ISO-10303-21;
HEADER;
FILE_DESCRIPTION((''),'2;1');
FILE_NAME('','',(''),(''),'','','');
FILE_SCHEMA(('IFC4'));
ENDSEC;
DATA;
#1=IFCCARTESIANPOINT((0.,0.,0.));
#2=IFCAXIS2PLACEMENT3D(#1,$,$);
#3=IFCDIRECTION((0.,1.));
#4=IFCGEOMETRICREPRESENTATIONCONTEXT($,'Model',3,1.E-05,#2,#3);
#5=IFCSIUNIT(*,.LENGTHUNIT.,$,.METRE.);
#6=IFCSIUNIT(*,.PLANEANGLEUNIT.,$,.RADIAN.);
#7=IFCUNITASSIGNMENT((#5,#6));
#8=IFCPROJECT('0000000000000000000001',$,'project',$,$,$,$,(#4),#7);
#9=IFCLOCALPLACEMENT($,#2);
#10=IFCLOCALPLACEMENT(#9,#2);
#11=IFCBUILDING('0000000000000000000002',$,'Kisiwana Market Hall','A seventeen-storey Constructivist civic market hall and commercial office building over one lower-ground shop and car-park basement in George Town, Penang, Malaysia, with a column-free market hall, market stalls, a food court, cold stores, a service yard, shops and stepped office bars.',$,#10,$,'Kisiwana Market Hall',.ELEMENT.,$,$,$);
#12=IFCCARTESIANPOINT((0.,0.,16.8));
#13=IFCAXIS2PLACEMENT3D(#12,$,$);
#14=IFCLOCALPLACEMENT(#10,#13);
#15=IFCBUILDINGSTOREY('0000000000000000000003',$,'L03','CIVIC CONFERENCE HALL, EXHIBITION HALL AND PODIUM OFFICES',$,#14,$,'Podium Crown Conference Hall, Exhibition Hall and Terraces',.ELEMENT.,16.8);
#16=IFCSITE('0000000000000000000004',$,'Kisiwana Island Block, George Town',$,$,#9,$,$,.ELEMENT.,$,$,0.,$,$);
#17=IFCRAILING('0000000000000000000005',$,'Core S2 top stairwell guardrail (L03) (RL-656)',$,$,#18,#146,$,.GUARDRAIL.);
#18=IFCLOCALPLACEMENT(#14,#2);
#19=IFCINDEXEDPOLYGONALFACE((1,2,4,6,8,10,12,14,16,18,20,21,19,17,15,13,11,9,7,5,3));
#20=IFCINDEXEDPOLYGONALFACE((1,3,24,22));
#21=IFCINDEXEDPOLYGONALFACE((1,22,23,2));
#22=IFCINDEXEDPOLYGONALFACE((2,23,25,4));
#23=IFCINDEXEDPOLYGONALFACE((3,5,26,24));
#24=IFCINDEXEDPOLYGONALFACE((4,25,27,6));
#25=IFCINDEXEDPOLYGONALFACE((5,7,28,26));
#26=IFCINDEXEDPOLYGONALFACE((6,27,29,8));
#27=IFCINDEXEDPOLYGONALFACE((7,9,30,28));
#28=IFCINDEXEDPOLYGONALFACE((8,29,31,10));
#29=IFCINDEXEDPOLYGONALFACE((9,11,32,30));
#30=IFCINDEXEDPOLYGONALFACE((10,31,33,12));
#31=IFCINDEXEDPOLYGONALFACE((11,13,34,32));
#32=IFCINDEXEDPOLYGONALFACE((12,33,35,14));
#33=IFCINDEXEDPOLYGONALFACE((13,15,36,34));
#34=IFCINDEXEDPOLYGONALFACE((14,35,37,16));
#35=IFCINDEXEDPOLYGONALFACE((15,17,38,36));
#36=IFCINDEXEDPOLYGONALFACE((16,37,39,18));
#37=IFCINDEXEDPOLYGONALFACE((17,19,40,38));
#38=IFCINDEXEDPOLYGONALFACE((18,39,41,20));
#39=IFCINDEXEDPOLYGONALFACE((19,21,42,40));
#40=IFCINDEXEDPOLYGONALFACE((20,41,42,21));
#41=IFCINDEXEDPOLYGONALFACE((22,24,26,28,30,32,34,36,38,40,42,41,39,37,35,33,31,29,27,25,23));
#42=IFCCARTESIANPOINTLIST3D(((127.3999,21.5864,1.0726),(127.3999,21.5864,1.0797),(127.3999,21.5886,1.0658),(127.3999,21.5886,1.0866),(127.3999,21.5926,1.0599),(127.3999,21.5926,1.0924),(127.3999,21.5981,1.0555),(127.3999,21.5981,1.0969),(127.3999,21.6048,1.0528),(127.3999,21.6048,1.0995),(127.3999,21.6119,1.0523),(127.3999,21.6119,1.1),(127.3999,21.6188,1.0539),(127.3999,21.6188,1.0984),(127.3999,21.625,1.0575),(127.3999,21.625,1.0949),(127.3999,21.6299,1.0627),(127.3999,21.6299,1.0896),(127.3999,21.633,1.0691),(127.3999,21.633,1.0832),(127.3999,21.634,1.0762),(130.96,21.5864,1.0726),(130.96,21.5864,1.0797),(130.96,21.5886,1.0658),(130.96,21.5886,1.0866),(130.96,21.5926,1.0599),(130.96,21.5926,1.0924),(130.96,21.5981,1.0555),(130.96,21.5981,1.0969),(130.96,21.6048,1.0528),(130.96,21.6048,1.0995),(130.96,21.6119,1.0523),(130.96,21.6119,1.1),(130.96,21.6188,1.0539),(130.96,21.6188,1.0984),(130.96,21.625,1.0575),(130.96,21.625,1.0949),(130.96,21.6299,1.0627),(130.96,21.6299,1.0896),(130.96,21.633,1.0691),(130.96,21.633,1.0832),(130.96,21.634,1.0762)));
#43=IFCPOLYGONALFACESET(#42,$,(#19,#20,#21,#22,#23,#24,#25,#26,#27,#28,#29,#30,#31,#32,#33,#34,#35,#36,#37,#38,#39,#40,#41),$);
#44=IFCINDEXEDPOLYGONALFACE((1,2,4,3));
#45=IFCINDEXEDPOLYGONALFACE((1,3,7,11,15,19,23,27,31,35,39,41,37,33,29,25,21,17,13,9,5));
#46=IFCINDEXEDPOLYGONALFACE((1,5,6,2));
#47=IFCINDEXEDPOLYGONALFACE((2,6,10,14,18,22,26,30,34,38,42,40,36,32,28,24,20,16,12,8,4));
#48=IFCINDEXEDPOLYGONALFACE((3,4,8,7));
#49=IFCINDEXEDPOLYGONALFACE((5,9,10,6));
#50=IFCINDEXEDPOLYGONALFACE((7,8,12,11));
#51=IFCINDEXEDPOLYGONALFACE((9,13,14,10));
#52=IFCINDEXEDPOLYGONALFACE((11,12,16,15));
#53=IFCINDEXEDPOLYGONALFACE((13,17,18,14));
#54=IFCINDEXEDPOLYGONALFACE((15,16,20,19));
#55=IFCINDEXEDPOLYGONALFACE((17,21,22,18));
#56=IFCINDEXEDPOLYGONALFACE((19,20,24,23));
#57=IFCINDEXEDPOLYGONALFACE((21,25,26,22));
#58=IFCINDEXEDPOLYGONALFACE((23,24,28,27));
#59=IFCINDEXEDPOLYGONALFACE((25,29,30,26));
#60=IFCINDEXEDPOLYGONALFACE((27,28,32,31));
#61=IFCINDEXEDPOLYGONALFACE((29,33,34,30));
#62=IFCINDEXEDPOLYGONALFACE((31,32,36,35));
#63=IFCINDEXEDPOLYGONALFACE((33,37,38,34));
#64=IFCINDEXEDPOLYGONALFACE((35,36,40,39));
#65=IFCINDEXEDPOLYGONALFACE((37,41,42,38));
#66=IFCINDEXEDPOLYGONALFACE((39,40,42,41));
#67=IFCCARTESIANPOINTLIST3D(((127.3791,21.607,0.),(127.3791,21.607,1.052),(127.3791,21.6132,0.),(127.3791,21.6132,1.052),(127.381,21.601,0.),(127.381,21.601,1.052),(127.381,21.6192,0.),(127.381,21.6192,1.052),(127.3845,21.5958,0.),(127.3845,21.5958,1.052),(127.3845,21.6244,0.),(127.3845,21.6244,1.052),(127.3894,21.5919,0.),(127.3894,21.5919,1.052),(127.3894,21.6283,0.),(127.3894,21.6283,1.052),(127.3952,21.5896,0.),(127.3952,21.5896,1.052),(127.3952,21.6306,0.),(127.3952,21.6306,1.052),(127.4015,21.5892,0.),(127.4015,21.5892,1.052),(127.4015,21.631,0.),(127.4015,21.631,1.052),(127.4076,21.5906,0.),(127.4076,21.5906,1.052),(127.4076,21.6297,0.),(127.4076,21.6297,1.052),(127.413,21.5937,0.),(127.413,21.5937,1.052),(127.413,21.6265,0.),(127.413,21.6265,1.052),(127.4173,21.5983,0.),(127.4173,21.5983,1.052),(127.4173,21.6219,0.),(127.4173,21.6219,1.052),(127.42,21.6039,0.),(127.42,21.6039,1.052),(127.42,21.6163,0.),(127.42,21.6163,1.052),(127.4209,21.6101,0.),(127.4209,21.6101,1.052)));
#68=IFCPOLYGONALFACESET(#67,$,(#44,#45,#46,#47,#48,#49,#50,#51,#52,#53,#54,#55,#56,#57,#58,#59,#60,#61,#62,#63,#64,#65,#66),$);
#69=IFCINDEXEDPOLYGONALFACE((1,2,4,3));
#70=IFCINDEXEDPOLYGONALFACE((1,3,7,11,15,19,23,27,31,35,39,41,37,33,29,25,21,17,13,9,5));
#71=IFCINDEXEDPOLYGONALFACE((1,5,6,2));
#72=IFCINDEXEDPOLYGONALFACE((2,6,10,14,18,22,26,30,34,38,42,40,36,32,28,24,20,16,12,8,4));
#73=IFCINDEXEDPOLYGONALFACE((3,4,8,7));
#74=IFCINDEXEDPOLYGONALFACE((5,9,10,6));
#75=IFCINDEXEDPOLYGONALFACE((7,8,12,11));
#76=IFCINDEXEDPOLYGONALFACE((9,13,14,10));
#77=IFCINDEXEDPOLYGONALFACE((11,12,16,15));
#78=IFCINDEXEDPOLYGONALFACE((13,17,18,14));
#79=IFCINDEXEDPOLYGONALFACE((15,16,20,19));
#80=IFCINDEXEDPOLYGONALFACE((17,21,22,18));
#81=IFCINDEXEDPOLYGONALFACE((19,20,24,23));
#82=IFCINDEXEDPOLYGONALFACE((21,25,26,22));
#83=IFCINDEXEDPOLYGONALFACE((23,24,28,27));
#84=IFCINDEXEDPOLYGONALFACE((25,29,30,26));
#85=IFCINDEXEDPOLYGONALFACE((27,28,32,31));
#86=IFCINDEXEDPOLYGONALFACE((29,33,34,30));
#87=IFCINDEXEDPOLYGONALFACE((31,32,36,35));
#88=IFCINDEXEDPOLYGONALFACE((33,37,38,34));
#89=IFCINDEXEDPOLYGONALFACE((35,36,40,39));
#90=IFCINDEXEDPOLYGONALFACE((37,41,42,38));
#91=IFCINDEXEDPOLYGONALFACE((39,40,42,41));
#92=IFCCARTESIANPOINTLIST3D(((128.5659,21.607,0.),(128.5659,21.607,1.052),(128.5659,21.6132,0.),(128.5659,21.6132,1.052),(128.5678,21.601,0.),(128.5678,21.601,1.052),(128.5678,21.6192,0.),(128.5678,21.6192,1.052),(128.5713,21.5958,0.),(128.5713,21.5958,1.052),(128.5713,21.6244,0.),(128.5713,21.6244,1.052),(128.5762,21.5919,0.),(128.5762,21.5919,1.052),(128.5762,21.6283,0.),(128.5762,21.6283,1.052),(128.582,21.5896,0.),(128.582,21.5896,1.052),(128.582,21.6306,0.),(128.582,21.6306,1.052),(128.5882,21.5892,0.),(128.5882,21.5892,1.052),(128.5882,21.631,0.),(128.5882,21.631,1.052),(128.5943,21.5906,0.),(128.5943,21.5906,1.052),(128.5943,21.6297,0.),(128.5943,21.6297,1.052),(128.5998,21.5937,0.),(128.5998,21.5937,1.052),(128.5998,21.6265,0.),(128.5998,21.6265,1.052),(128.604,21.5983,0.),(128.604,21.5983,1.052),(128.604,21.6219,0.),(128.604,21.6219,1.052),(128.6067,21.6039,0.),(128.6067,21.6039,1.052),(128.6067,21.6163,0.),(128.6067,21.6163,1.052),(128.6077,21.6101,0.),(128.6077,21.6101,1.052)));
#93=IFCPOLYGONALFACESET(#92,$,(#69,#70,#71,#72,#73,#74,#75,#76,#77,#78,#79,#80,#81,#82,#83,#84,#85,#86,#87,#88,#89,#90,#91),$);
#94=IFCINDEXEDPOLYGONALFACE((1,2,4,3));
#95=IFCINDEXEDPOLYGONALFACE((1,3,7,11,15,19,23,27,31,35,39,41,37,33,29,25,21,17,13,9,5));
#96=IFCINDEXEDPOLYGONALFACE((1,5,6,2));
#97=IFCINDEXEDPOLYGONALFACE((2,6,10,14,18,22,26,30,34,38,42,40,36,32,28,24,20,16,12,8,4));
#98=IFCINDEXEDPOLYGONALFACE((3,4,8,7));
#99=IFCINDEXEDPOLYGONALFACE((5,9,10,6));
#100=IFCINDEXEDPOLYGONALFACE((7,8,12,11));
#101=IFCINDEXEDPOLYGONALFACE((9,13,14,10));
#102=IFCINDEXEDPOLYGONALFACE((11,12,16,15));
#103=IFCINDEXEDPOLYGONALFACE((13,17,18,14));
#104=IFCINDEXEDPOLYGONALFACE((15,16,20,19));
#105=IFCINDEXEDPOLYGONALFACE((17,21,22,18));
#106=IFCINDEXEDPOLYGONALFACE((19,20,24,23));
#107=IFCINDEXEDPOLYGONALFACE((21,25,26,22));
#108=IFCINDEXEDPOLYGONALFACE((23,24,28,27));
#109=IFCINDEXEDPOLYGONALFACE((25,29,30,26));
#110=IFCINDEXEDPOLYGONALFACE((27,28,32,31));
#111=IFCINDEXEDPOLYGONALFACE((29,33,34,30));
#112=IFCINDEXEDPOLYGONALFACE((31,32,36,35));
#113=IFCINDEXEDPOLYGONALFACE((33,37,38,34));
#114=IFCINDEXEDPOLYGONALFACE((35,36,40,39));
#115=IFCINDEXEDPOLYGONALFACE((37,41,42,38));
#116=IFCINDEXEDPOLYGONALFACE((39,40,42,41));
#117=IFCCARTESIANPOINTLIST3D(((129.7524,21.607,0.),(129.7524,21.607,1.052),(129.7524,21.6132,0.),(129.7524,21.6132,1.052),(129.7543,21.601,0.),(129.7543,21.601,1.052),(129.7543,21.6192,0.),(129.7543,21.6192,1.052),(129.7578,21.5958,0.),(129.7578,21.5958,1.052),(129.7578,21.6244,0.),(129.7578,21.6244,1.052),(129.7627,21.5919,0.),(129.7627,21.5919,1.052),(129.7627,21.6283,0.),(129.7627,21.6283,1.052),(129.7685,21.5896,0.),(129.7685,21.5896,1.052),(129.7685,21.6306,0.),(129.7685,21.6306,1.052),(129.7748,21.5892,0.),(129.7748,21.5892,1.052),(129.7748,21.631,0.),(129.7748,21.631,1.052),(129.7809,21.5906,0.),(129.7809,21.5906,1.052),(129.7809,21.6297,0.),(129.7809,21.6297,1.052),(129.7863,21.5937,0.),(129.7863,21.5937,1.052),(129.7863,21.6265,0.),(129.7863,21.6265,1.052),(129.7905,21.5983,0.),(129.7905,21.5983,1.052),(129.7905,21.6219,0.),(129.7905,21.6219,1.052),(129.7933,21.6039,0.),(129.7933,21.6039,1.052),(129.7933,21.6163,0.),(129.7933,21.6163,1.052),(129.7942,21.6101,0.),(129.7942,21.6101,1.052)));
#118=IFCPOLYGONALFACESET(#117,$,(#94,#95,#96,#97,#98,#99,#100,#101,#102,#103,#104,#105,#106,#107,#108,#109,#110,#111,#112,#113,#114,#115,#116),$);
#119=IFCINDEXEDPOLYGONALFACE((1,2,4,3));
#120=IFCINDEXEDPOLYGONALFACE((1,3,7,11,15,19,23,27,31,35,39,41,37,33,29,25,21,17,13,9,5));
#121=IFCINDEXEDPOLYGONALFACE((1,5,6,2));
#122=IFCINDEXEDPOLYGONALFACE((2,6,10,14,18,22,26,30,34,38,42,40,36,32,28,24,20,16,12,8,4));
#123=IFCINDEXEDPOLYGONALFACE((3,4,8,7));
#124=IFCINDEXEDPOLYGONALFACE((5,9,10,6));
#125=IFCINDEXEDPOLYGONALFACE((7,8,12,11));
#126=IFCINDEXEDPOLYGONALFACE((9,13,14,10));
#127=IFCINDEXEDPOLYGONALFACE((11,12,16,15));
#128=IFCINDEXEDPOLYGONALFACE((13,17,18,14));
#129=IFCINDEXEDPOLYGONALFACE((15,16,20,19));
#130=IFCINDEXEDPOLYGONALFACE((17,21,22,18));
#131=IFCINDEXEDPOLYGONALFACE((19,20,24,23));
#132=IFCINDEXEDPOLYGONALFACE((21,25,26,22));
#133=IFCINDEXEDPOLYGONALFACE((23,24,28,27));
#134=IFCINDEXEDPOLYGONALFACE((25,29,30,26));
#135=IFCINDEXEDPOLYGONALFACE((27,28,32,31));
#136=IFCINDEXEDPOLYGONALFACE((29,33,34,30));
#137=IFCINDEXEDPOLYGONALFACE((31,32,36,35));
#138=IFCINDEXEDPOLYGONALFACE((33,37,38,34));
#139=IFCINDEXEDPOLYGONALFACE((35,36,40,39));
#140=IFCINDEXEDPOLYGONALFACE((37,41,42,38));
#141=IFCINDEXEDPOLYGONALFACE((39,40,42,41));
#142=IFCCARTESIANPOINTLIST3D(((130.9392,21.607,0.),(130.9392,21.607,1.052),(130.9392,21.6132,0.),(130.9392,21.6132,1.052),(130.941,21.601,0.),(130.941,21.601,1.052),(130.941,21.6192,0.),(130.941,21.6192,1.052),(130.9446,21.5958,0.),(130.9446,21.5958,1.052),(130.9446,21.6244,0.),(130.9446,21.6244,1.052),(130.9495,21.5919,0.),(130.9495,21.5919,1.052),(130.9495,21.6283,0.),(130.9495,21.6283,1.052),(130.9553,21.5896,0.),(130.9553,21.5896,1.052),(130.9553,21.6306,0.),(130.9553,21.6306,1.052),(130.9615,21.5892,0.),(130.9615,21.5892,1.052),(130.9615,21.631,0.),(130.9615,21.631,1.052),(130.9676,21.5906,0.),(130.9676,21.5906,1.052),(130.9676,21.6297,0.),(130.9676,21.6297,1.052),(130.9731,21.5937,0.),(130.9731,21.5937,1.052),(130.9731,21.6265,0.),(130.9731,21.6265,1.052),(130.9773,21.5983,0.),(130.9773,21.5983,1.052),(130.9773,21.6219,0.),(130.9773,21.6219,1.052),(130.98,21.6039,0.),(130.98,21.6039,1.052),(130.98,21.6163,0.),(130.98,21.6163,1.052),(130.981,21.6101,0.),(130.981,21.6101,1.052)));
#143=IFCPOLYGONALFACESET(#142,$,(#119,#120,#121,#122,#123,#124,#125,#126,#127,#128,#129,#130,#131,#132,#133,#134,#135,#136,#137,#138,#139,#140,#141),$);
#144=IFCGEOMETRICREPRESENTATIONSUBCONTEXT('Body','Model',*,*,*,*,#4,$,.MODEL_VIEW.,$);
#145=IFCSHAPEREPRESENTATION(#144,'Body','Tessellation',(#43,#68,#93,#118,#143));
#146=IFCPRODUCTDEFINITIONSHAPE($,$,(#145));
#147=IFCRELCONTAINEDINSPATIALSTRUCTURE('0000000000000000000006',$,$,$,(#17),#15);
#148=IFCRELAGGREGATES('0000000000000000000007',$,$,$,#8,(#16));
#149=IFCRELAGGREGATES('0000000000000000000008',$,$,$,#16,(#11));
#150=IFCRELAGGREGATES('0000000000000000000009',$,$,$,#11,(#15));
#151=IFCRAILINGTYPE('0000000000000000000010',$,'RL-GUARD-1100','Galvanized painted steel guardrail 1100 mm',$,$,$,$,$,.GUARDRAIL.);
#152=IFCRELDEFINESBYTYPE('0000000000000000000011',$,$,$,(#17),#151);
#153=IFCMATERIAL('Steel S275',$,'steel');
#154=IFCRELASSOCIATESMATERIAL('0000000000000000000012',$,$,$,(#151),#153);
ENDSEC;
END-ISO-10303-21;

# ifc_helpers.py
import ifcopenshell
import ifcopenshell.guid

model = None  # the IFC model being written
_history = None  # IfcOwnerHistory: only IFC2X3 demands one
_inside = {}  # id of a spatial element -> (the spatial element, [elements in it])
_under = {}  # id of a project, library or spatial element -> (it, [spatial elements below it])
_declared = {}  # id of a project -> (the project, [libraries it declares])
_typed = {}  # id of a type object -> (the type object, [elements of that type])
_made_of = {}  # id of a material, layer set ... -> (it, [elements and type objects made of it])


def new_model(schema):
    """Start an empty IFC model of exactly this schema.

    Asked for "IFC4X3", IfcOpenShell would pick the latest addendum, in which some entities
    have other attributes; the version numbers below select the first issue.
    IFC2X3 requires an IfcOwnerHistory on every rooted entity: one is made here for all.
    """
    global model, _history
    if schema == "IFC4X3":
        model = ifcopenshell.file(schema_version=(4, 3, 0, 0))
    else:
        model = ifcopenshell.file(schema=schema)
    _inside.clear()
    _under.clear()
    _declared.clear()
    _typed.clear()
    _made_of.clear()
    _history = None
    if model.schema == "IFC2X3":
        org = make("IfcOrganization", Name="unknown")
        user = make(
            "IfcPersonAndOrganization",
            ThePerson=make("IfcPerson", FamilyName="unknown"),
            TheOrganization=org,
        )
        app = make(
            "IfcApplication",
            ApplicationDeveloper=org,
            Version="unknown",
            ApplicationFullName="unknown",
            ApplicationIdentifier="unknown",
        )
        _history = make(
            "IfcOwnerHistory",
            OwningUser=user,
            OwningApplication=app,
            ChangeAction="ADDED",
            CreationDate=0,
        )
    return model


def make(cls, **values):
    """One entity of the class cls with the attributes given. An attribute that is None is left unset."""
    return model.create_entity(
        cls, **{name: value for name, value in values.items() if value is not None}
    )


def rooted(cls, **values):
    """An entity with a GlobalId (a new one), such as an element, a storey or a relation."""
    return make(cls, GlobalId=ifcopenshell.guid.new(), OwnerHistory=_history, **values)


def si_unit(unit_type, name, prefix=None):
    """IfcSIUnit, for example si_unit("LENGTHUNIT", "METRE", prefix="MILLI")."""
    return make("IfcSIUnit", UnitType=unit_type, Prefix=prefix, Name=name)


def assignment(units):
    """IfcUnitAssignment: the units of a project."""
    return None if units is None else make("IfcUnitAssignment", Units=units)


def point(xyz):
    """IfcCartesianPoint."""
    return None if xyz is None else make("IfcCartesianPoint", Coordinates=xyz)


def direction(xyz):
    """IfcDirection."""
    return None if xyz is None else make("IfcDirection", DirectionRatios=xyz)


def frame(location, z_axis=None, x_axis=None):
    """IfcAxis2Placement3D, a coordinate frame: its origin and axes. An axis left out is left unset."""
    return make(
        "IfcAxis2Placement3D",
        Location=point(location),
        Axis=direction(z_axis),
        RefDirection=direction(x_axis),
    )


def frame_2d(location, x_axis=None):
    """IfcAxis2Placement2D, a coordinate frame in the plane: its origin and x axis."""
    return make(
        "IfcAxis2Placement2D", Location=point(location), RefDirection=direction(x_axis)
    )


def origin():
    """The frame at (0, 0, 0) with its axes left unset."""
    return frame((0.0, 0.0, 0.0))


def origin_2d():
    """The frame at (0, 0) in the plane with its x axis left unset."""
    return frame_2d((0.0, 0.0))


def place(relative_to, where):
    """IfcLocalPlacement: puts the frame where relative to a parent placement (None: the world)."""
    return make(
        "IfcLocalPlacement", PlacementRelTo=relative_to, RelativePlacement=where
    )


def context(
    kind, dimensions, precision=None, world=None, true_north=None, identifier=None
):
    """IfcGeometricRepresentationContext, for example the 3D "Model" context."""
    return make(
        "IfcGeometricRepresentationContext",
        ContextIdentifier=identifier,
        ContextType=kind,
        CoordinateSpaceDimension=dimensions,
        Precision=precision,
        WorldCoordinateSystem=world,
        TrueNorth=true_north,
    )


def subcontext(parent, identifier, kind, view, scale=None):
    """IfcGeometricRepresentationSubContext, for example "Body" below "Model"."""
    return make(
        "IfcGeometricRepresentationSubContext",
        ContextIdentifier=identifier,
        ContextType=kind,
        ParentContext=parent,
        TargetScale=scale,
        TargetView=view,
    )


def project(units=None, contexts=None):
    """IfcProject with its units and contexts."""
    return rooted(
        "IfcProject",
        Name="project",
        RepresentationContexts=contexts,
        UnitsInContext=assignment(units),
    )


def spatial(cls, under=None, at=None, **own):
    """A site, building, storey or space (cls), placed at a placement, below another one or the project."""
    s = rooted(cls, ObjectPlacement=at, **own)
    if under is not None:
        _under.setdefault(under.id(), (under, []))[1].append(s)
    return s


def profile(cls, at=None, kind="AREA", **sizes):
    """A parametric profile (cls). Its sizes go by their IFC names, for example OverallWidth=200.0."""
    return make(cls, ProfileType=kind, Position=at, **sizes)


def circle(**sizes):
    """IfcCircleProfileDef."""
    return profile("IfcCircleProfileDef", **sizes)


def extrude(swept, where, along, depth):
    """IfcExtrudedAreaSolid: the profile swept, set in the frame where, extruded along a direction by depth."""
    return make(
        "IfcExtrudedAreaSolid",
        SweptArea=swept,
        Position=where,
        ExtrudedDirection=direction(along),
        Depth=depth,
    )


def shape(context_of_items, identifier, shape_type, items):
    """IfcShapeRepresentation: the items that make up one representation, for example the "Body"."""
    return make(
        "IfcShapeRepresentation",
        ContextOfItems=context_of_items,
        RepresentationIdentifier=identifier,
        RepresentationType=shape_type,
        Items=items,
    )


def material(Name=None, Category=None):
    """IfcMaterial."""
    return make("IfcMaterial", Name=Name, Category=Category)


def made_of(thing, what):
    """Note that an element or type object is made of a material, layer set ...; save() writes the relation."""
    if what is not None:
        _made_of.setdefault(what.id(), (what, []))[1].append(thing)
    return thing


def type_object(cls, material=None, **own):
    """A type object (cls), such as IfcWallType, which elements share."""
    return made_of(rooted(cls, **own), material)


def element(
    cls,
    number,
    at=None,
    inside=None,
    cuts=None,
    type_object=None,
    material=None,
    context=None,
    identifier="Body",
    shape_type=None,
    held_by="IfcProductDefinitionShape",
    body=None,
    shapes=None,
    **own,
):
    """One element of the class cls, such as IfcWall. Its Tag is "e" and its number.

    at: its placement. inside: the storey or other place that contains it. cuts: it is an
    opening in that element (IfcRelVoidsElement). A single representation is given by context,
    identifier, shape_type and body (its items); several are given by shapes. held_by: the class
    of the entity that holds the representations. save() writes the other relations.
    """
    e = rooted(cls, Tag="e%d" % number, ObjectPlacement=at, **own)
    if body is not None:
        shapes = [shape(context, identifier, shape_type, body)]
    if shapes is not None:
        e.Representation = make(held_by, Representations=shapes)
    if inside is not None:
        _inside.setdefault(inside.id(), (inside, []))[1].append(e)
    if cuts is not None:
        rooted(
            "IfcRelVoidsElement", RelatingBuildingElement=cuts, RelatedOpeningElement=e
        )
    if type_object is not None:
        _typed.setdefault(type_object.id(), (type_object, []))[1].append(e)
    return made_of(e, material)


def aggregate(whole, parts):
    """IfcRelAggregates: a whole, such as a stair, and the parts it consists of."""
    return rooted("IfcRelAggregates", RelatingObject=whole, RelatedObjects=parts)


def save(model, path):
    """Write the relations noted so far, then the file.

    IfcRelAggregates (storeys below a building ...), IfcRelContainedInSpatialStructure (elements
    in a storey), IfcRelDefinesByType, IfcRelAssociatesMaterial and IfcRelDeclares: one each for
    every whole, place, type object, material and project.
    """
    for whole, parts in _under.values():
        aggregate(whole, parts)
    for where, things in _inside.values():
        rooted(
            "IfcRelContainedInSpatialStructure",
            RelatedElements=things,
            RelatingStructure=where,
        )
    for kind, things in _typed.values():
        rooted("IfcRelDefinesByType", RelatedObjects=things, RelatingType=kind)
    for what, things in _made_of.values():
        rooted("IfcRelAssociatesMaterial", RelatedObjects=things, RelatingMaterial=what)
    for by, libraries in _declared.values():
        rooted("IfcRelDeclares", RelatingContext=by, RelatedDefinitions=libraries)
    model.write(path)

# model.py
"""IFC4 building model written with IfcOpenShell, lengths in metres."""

from ifc_helpers import new_model, si_unit, direction, frame, origin, origin_2d, place, context, subcontext, project, spatial, circle, extrude, material, type_object, element, save


model = new_model("IFC4")

# Units and contexts
model_context = context("Model", 3, precision=1e-05, world=origin(), true_north=direction((0.0, 1.0)))
body_context = subcontext(model_context, "Body", "Model", "MODEL_VIEW")
ifc_project = project(units=[si_unit("LENGTHUNIT", "METRE"), si_unit("PLANEANGLEUNIT", "RADIAN")], contexts=[model_context])

# Site, building, storey
site_placement = place(None, origin())
site = spatial("IfcSite", under=ifc_project, at=site_placement, Name="Kisiwana Island Block, George Town", CompositionType="ELEMENT", RefElevation=0.0)
building_placement = place(site_placement, origin())
building = spatial("IfcBuilding", under=site, at=building_placement, Name="Kisiwana Market Hall", Description="A seventeen-storey Constructivist civic market hall and commercial office building over one lower-ground shop and car-park basement in George Town, Penang, Malaysia, with a column-free market hall, market stalls, a food court, cold stores, a service yard, shops and stepped office bars.", LongName="Kisiwana Market Hall", CompositionType="ELEMENT")
storey_placement = place(building_placement, frame((0.0, 0.0, 16.8)))
storey = spatial("IfcBuildingStorey", under=building, at=storey_placement, Name="L03", Description="CIVIC CONFERENCE HALL, EXHIBITION HALL AND PODIUM OFFICES", LongName="Podium Crown Conference Hall, Exhibition Hall and Terraces", CompositionType="ELEMENT", Elevation=16.8)

# Railing
ifc_material_1 = material(Name="Steel S275", Category="steel")
railing_type = type_object("IfcRailingType", Name="RL-GUARD-1100", Description="Galvanized painted steel guardrail 1100 mm", PredefinedType="GUARDRAIL", material=ifc_material_1)
railing_placement = place(storey_placement, frame((127.3999, 21.6101, 0.0)))
element("IfcRailing", 1, at=railing_placement, inside=storey, type_object=railing_type, Name="Core S2 top stairwell guardrail (L03) (RL-656)", PredefinedType="GUARDRAIL", context=body_context, shape_type="SweptSolid", body=[
    extrude(circle(Radius=0.0239, at=origin_2d()), frame((0.0, 0.0, 1.0762), z_axis=(1.0, 0.0, 0.0), x_axis=(0.0, 1.0, 0.0)), (0.0, 0.0, 1.0), 3.5601),
    extrude(circle(Radius=0.021, at=origin_2d()), origin(), (0.0, 0.0, 1.0), 1.052),
    extrude(circle(Radius=0.021, at=origin_2d()), frame((1.1868, 0.0, 0.0)), (0.0, 0.0, 1.0), 1.052),
    extrude(circle(Radius=0.021, at=origin_2d()), frame((2.3733, 0.0, 0.0)), (0.0, 0.0, 1.0), 1.052),
    extrude(circle(Radius=0.021, at=origin_2d()), frame((3.5601, 0.0, 0.0)), (0.0, 0.0, 1.0), 1.052),
])

save(model, "model.ifc")
